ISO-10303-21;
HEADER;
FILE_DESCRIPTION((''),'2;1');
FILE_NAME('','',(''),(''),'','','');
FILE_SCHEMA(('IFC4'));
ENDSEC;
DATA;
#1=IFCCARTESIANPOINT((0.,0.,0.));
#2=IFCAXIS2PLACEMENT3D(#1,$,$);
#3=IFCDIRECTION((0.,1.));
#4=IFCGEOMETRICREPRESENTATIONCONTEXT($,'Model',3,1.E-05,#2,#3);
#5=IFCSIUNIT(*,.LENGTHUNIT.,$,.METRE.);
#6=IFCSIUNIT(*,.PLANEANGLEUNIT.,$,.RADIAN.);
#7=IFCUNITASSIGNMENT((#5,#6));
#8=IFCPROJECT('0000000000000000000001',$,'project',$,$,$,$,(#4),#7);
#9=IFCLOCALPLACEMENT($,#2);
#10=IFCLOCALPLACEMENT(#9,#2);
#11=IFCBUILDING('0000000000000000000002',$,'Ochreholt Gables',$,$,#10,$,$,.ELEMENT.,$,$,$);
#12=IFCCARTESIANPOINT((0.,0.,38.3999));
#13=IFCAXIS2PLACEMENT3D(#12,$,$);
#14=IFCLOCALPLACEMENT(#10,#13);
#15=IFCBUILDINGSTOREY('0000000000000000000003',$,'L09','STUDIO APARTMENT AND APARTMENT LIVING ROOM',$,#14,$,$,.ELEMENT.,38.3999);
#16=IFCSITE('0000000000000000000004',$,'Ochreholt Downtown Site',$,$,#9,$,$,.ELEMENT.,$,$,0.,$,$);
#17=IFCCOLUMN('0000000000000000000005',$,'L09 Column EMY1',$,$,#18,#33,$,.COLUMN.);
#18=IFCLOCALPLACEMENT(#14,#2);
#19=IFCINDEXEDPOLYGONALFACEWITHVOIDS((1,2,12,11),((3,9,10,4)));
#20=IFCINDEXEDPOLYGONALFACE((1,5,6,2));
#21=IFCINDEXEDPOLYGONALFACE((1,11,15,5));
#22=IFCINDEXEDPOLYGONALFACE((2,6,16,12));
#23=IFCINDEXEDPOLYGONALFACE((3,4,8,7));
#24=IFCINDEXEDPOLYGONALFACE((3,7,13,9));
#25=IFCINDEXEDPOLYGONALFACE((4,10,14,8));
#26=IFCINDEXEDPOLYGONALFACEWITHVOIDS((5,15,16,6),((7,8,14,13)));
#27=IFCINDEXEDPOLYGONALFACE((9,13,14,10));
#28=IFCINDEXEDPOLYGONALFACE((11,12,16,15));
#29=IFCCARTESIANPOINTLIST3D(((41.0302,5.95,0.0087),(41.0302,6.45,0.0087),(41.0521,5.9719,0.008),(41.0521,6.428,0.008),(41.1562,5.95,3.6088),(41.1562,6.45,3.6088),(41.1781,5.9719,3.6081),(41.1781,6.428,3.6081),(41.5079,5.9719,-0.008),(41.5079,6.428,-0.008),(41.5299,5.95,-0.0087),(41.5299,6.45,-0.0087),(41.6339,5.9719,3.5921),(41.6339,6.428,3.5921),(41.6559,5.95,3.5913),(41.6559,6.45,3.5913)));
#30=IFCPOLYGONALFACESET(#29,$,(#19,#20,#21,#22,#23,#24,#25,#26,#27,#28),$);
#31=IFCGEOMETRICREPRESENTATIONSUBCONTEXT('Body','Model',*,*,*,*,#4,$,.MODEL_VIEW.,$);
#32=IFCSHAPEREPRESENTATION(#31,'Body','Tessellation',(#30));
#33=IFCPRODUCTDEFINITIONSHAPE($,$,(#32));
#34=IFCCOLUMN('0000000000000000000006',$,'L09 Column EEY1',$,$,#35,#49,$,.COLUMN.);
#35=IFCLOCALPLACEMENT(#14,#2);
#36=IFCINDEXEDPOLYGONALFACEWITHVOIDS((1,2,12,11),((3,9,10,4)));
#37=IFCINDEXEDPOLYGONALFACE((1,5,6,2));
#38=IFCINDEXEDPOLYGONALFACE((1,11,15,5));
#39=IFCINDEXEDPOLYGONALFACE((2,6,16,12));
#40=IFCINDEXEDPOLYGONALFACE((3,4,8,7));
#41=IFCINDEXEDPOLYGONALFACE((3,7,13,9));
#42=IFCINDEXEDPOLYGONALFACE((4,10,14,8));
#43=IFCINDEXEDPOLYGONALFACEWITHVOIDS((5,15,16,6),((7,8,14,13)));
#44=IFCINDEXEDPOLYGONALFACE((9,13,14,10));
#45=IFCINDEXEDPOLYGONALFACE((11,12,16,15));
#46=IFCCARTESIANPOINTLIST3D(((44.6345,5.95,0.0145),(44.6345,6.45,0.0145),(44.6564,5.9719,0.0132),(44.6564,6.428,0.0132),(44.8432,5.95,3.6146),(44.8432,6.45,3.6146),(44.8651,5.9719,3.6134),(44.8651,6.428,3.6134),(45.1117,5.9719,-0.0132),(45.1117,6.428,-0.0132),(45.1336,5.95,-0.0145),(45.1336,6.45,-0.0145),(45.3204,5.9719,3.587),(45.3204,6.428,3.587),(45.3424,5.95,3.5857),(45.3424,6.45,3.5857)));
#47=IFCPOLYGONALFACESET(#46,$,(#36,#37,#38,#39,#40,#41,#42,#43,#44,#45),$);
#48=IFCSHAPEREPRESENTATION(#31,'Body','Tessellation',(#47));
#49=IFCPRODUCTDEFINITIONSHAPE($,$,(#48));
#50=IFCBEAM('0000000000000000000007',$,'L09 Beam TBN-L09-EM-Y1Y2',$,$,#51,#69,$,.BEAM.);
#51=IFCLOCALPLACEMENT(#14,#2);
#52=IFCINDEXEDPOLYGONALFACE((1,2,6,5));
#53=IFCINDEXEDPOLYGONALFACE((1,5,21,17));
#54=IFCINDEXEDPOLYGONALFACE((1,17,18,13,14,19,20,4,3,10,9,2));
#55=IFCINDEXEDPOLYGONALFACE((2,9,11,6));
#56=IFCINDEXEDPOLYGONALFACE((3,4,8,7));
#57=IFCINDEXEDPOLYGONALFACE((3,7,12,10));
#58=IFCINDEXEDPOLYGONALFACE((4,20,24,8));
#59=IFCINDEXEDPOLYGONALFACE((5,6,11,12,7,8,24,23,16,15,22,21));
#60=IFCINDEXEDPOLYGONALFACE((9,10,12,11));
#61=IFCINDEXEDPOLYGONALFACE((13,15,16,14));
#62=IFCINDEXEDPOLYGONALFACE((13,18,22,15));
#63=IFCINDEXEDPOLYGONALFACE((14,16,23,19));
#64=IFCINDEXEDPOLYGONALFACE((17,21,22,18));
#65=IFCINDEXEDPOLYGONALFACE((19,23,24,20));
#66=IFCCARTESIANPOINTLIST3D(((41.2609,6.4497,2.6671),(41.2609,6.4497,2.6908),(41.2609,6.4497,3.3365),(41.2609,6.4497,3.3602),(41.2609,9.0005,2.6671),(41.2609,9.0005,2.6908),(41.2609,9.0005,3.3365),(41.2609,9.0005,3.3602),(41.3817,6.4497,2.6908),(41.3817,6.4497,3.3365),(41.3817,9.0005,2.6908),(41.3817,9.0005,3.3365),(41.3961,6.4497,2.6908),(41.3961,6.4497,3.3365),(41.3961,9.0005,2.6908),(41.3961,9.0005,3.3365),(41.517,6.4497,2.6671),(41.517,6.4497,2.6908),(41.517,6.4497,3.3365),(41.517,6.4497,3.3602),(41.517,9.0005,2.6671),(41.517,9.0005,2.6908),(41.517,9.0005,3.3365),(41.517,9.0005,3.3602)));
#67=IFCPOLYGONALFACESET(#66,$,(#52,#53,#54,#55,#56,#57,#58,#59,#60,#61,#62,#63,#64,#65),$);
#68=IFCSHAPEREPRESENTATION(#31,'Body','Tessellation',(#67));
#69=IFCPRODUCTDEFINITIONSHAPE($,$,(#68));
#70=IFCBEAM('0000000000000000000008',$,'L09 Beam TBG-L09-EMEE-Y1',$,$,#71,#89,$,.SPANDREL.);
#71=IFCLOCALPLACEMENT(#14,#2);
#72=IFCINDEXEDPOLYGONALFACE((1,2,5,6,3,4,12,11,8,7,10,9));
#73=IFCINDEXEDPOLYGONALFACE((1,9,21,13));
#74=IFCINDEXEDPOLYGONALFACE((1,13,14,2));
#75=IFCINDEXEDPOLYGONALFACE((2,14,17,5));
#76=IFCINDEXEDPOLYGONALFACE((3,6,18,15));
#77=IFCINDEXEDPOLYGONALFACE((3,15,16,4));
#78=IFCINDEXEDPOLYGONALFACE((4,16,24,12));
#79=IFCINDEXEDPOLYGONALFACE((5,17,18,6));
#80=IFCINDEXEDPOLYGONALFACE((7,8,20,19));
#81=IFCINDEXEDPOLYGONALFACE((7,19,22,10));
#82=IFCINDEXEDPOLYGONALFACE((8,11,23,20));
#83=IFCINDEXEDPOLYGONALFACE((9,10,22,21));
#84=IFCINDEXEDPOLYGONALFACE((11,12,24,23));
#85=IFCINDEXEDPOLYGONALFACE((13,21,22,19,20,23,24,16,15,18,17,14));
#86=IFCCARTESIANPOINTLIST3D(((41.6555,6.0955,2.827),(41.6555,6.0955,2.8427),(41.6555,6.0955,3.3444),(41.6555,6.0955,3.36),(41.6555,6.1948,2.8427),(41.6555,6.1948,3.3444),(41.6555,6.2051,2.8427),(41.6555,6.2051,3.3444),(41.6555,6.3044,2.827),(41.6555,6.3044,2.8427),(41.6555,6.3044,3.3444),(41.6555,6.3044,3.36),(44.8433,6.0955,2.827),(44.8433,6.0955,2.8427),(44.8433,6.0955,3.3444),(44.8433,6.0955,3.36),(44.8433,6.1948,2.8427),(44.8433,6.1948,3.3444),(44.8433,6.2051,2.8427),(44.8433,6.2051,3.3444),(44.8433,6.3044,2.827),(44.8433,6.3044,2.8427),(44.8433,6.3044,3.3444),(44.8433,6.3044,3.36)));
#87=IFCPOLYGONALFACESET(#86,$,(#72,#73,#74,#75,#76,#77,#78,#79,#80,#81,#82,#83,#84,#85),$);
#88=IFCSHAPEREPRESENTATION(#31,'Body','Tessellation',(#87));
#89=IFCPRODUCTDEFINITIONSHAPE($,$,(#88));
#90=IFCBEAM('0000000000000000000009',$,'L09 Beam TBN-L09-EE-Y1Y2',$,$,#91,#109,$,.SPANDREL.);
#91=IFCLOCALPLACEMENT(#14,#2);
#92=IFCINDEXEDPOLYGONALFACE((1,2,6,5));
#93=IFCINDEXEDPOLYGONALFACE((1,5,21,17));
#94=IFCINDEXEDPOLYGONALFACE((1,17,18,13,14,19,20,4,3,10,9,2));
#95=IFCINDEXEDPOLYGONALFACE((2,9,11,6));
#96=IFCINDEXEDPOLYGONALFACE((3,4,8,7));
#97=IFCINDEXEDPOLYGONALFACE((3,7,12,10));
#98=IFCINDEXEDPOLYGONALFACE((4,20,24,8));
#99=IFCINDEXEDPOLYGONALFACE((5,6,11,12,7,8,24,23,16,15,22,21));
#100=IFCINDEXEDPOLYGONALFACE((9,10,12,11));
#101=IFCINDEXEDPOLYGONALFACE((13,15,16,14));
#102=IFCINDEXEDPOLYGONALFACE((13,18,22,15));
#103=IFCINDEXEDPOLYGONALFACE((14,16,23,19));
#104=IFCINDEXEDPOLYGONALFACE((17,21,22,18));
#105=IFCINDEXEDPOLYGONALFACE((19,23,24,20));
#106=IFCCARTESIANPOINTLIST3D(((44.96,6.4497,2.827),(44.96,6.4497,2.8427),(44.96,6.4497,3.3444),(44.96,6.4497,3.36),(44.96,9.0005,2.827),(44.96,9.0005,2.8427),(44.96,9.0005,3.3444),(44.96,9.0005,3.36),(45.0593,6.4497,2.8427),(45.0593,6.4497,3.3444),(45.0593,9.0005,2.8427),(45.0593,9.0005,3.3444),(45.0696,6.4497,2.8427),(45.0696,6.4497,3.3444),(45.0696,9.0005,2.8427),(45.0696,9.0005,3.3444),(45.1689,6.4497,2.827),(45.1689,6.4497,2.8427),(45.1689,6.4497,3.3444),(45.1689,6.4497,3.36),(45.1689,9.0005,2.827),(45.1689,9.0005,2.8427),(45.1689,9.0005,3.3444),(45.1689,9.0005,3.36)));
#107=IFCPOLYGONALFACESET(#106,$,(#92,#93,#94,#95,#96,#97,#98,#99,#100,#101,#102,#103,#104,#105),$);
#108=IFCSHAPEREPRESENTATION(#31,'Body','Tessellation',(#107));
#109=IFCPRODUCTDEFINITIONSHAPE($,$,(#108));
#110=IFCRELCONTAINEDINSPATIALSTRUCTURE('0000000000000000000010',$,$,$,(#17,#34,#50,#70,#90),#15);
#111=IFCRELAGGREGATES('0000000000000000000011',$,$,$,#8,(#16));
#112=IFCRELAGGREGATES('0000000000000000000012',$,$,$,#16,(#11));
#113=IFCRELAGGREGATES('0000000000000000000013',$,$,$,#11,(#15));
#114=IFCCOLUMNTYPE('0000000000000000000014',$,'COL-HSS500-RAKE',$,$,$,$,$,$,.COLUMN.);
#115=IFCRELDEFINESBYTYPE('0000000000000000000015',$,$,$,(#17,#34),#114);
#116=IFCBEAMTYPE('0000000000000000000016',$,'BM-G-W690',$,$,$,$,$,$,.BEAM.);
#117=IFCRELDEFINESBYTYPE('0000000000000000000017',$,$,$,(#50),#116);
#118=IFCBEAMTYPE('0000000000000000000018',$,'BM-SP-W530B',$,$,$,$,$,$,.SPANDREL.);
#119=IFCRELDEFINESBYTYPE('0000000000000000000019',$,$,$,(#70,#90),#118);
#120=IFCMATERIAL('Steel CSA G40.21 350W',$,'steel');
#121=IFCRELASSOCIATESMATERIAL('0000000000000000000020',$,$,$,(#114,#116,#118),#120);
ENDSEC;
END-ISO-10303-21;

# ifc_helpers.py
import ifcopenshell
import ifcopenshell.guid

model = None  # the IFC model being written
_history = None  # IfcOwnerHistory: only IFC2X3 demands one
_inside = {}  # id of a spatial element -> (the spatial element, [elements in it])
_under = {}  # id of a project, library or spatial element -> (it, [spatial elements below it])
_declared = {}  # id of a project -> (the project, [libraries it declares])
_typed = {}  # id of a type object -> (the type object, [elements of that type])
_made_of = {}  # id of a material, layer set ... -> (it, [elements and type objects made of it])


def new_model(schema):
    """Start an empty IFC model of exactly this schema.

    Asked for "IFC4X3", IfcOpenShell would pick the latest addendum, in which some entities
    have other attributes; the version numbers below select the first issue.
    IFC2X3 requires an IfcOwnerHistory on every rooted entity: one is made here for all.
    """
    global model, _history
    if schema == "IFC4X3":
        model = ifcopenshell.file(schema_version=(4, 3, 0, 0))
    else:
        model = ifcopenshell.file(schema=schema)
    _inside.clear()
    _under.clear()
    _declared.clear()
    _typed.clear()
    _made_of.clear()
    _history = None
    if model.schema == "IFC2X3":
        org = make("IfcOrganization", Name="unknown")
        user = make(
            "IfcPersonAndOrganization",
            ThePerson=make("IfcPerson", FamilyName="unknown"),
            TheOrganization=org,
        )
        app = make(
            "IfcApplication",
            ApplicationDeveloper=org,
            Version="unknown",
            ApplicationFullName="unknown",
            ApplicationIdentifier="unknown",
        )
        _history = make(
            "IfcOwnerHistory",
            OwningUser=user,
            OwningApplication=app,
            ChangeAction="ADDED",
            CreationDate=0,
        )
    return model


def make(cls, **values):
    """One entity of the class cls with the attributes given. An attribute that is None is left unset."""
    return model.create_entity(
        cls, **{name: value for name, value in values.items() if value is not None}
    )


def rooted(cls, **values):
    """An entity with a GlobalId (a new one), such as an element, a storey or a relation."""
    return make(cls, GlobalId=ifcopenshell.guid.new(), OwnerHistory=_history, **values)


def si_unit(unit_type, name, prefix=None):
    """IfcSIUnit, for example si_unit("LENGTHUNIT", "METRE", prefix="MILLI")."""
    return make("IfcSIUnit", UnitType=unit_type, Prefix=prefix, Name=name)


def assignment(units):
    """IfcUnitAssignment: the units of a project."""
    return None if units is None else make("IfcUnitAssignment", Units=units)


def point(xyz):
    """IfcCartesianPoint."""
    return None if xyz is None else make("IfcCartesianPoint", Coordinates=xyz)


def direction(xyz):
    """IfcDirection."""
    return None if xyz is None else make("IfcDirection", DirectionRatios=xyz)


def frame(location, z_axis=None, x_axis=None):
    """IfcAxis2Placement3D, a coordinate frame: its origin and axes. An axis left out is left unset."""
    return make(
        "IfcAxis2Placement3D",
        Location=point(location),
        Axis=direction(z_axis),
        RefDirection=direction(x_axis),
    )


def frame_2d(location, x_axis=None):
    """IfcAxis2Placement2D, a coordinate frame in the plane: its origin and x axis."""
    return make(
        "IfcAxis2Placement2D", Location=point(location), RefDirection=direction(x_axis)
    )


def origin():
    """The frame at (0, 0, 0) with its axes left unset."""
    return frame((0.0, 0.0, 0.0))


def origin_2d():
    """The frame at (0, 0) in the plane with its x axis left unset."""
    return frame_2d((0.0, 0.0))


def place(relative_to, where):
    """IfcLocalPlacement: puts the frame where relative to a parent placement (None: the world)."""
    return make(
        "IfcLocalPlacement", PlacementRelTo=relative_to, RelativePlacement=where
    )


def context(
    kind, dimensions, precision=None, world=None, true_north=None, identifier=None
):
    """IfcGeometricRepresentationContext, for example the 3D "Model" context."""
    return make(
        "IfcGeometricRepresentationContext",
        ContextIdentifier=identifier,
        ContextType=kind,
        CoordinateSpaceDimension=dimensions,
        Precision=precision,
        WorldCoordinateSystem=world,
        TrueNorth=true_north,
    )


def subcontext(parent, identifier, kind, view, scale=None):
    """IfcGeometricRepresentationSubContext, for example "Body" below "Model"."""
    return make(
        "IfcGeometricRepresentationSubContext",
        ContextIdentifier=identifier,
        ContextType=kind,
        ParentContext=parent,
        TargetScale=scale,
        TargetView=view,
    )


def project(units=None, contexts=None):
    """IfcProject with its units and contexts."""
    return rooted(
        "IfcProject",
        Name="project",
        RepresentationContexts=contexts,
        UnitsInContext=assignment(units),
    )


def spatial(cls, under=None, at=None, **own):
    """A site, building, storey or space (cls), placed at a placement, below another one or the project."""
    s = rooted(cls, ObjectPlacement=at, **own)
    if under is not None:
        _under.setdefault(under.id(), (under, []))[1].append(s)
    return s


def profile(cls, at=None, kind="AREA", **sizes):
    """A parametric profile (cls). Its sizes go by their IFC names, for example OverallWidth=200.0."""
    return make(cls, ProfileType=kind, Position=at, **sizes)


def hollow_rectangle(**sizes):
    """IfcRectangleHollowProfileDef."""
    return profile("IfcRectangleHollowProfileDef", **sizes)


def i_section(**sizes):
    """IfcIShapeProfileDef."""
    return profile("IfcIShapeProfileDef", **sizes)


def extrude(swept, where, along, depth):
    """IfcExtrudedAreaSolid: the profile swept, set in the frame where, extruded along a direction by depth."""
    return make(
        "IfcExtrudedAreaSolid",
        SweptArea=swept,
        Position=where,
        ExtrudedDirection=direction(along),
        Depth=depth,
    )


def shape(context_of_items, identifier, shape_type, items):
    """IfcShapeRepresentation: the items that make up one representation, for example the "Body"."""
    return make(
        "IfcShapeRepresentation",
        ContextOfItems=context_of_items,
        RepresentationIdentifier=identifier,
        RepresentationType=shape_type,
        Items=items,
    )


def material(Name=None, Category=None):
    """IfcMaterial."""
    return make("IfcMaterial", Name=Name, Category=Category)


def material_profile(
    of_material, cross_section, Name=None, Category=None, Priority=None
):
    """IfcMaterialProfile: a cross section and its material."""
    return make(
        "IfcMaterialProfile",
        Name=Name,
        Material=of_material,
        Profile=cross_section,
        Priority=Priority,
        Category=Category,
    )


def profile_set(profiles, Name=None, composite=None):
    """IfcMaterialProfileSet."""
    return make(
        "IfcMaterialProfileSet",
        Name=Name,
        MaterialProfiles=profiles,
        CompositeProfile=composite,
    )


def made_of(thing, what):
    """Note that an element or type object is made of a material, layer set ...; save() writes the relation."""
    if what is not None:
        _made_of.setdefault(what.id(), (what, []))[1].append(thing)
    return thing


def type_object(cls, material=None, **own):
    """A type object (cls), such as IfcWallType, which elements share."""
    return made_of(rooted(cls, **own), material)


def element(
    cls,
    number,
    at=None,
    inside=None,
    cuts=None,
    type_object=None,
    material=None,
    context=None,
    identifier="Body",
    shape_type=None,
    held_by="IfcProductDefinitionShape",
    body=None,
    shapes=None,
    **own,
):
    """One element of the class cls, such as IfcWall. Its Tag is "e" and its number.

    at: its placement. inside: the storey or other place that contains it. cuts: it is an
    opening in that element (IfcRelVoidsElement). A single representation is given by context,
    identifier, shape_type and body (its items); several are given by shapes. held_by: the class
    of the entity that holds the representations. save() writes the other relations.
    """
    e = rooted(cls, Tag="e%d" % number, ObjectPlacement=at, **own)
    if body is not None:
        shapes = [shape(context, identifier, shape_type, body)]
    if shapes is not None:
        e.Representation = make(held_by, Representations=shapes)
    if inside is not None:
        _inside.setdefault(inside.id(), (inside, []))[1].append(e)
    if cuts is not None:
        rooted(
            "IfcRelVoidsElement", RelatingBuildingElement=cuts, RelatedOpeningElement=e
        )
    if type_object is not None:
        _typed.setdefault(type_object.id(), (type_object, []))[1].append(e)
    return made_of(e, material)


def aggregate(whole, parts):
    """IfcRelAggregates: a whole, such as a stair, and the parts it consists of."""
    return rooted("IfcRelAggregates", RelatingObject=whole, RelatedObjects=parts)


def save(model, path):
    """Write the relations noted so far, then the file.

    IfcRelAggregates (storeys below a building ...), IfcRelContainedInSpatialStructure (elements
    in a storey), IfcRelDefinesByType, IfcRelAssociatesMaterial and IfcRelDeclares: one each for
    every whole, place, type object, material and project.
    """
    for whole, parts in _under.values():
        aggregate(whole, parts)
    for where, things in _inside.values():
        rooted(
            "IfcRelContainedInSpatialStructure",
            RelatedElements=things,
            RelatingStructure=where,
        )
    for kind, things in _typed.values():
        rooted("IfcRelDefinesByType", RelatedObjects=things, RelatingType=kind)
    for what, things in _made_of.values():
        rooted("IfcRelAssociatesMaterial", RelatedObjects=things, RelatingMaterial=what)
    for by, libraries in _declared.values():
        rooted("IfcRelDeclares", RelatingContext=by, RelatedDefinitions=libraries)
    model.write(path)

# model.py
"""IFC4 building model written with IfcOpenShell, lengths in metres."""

from ifc_helpers import new_model, si_unit, direction, frame, origin, origin_2d, place, context, subcontext, project, spatial, hollow_rectangle, i_section, extrude, material, material_profile, profile_set, type_object, element, save


model = new_model("IFC4")

# Units and contexts
model_context = context("Model", 3, precision=1e-05, world=origin(), true_north=direction((0.0, 1.0)))
body_context = subcontext(model_context, "Body", "Model", "MODEL_VIEW")
ifc_project = project(units=[si_unit("LENGTHUNIT", "METRE"), si_unit("PLANEANGLEUNIT", "RADIAN")], contexts=[model_context])

# Site, building, storey
site_placement = place(None, origin())
site = spatial("IfcSite", under=ifc_project, at=site_placement, Name="Ochreholt Downtown Site", CompositionType="ELEMENT", RefElevation=0.0)
building_placement = place(site_placement, origin())
building = spatial("IfcBuilding", under=site, at=building_placement, Name="Ochreholt Gables", CompositionType="ELEMENT")
storey_placement = place(building_placement, frame((0.0, 0.0, 38.3999)))
storey = spatial("IfcBuildingStorey", under=building, at=storey_placement, Name="L09", Description="STUDIO APARTMENT AND APARTMENT LIVING ROOM", CompositionType="ELEMENT", Elevation=38.3999)

# Columns
ifc_material_1 = material(Name="Steel CSA G40.21 350W", Category="steel")
ifc_material_profile_1 = material_profile(ifc_material_1, hollow_rectangle(XDim=0.5, YDim=0.5, WallThickness=0.022, at=origin_2d()), Name="HSS500X500X22")
ifc_profile_set_1 = profile_set([ifc_material_profile_1], Name="Steel CSA G40.21 350W")
column_type = type_object("IfcColumnType", Name="COL-HSS500-RAKE", PredefinedType="COLUMN", material=ifc_profile_set_1)
column_1_placement = place(storey_placement, frame((41.28, 6.2, 0.0), z_axis=(0.034971, 0.0, 0.999388), x_axis=(0.0, 1.0, 0.0)))
element("IfcColumn", 1, at=column_1_placement, inside=storey, type_object=column_type, Name="L09 Column EMY1", PredefinedType="COLUMN", context=body_context, shape_type="SweptSolid", body=[
    extrude(hollow_rectangle(XDim=0.5, YDim=0.5, WallThickness=0.022, at=origin_2d()), origin(), (0.0, 0.0, 1.0), 3.6023),
])
column_2_placement = place(storey_placement, frame((44.884, 6.2, 0.0), z_axis=(0.057885, 0.0, 0.998323), x_axis=(0.0, 1.0, 0.0)))
element("IfcColumn", 2, at=column_2_placement, inside=storey, type_object=column_type, Name="L09 Column EEY1", PredefinedType="COLUMN", context=body_context, shape_type="SweptSolid", body=[
    extrude(hollow_rectangle(XDim=0.5, YDim=0.5, WallThickness=0.022, at=origin_2d()), origin(), (0.0, 0.0, 1.0), 3.6062),
])

# Beams
ifc_material_profile_2 = material_profile(ifc_material_1, i_section(OverallWidth=0.2561, OverallDepth=0.6931, WebThickness=0.0144, FlangeThickness=0.0237, at=origin_2d()), Name="W690X170")
ifc_profile_set_2 = profile_set([ifc_material_profile_2], Name="Steel CSA G40.21 350W")
beam_type_1 = type_object("IfcBeamType", Name="BM-G-W690", PredefinedType="BEAM", material=ifc_profile_set_2)
beam_1_placement = place(storey_placement, frame((41.3889, 6.4497, 3.0137), z_axis=(0.0, 1.0, 0.0), x_axis=(-1.0, 0.0, 0.0)))
element("IfcBeam", 3, at=beam_1_placement, inside=storey, type_object=beam_type_1, Name="L09 Beam TBN-L09-EM-Y1Y2", PredefinedType="BEAM", context=body_context, shape_type="SweptSolid", body=[
    extrude(i_section(OverallWidth=0.2561, OverallDepth=0.6931, WebThickness=0.0144, FlangeThickness=0.0237, at=origin_2d()), origin(), (0.0, 0.0, 1.0), 2.5508),
])
ifc_material_profile_3 = material_profile(ifc_material_1, i_section(OverallWidth=0.209, OverallDepth=0.533, WebThickness=0.0103, FlangeThickness=0.0156, at=origin_2d()), Name="W530X92")
ifc_profile_set_3 = profile_set([ifc_material_profile_3], Name="Steel CSA G40.21 350W")
beam_type_2 = type_object("IfcBeamType", Name="BM-SP-W530B", PredefinedType="SPANDREL", material=ifc_profile_set_3)
beam_2_placement = place(storey_placement, frame((41.6555, 6.2, 3.0935), z_axis=(1.0, 0.0, 0.0), x_axis=(0.0, 1.0, 0.0)))
element("IfcBeam", 4, at=beam_2_placement, inside=storey, type_object=beam_type_2, Name="L09 Beam TBG-L09-EMEE-Y1", PredefinedType="SPANDREL", context=body_context, shape_type="SweptSolid", body=[
    extrude(i_section(OverallWidth=0.209, OverallDepth=0.533, WebThickness=0.0103, FlangeThickness=0.0156, at=origin_2d()), origin(), (0.0, 0.0, 1.0), 3.1877),
])
beam_3_placement = place(storey_placement, frame((45.0645, 6.4497, 3.0935), z_axis=(0.0, 1.0, 0.0), x_axis=(-1.0, 0.0, 0.0)))
element("IfcBeam", 5, at=beam_3_placement, inside=storey, type_object=beam_type_2, Name="L09 Beam TBN-L09-EE-Y1Y2", PredefinedType="SPANDREL", context=body_context, shape_type="SweptSolid", body=[
    extrude(i_section(OverallWidth=0.209, OverallDepth=0.533, WebThickness=0.0103, FlangeThickness=0.0156, at=origin_2d()), origin(), (0.0, 0.0, 1.0), 2.5508),
])

save(model, "model.ifc")
